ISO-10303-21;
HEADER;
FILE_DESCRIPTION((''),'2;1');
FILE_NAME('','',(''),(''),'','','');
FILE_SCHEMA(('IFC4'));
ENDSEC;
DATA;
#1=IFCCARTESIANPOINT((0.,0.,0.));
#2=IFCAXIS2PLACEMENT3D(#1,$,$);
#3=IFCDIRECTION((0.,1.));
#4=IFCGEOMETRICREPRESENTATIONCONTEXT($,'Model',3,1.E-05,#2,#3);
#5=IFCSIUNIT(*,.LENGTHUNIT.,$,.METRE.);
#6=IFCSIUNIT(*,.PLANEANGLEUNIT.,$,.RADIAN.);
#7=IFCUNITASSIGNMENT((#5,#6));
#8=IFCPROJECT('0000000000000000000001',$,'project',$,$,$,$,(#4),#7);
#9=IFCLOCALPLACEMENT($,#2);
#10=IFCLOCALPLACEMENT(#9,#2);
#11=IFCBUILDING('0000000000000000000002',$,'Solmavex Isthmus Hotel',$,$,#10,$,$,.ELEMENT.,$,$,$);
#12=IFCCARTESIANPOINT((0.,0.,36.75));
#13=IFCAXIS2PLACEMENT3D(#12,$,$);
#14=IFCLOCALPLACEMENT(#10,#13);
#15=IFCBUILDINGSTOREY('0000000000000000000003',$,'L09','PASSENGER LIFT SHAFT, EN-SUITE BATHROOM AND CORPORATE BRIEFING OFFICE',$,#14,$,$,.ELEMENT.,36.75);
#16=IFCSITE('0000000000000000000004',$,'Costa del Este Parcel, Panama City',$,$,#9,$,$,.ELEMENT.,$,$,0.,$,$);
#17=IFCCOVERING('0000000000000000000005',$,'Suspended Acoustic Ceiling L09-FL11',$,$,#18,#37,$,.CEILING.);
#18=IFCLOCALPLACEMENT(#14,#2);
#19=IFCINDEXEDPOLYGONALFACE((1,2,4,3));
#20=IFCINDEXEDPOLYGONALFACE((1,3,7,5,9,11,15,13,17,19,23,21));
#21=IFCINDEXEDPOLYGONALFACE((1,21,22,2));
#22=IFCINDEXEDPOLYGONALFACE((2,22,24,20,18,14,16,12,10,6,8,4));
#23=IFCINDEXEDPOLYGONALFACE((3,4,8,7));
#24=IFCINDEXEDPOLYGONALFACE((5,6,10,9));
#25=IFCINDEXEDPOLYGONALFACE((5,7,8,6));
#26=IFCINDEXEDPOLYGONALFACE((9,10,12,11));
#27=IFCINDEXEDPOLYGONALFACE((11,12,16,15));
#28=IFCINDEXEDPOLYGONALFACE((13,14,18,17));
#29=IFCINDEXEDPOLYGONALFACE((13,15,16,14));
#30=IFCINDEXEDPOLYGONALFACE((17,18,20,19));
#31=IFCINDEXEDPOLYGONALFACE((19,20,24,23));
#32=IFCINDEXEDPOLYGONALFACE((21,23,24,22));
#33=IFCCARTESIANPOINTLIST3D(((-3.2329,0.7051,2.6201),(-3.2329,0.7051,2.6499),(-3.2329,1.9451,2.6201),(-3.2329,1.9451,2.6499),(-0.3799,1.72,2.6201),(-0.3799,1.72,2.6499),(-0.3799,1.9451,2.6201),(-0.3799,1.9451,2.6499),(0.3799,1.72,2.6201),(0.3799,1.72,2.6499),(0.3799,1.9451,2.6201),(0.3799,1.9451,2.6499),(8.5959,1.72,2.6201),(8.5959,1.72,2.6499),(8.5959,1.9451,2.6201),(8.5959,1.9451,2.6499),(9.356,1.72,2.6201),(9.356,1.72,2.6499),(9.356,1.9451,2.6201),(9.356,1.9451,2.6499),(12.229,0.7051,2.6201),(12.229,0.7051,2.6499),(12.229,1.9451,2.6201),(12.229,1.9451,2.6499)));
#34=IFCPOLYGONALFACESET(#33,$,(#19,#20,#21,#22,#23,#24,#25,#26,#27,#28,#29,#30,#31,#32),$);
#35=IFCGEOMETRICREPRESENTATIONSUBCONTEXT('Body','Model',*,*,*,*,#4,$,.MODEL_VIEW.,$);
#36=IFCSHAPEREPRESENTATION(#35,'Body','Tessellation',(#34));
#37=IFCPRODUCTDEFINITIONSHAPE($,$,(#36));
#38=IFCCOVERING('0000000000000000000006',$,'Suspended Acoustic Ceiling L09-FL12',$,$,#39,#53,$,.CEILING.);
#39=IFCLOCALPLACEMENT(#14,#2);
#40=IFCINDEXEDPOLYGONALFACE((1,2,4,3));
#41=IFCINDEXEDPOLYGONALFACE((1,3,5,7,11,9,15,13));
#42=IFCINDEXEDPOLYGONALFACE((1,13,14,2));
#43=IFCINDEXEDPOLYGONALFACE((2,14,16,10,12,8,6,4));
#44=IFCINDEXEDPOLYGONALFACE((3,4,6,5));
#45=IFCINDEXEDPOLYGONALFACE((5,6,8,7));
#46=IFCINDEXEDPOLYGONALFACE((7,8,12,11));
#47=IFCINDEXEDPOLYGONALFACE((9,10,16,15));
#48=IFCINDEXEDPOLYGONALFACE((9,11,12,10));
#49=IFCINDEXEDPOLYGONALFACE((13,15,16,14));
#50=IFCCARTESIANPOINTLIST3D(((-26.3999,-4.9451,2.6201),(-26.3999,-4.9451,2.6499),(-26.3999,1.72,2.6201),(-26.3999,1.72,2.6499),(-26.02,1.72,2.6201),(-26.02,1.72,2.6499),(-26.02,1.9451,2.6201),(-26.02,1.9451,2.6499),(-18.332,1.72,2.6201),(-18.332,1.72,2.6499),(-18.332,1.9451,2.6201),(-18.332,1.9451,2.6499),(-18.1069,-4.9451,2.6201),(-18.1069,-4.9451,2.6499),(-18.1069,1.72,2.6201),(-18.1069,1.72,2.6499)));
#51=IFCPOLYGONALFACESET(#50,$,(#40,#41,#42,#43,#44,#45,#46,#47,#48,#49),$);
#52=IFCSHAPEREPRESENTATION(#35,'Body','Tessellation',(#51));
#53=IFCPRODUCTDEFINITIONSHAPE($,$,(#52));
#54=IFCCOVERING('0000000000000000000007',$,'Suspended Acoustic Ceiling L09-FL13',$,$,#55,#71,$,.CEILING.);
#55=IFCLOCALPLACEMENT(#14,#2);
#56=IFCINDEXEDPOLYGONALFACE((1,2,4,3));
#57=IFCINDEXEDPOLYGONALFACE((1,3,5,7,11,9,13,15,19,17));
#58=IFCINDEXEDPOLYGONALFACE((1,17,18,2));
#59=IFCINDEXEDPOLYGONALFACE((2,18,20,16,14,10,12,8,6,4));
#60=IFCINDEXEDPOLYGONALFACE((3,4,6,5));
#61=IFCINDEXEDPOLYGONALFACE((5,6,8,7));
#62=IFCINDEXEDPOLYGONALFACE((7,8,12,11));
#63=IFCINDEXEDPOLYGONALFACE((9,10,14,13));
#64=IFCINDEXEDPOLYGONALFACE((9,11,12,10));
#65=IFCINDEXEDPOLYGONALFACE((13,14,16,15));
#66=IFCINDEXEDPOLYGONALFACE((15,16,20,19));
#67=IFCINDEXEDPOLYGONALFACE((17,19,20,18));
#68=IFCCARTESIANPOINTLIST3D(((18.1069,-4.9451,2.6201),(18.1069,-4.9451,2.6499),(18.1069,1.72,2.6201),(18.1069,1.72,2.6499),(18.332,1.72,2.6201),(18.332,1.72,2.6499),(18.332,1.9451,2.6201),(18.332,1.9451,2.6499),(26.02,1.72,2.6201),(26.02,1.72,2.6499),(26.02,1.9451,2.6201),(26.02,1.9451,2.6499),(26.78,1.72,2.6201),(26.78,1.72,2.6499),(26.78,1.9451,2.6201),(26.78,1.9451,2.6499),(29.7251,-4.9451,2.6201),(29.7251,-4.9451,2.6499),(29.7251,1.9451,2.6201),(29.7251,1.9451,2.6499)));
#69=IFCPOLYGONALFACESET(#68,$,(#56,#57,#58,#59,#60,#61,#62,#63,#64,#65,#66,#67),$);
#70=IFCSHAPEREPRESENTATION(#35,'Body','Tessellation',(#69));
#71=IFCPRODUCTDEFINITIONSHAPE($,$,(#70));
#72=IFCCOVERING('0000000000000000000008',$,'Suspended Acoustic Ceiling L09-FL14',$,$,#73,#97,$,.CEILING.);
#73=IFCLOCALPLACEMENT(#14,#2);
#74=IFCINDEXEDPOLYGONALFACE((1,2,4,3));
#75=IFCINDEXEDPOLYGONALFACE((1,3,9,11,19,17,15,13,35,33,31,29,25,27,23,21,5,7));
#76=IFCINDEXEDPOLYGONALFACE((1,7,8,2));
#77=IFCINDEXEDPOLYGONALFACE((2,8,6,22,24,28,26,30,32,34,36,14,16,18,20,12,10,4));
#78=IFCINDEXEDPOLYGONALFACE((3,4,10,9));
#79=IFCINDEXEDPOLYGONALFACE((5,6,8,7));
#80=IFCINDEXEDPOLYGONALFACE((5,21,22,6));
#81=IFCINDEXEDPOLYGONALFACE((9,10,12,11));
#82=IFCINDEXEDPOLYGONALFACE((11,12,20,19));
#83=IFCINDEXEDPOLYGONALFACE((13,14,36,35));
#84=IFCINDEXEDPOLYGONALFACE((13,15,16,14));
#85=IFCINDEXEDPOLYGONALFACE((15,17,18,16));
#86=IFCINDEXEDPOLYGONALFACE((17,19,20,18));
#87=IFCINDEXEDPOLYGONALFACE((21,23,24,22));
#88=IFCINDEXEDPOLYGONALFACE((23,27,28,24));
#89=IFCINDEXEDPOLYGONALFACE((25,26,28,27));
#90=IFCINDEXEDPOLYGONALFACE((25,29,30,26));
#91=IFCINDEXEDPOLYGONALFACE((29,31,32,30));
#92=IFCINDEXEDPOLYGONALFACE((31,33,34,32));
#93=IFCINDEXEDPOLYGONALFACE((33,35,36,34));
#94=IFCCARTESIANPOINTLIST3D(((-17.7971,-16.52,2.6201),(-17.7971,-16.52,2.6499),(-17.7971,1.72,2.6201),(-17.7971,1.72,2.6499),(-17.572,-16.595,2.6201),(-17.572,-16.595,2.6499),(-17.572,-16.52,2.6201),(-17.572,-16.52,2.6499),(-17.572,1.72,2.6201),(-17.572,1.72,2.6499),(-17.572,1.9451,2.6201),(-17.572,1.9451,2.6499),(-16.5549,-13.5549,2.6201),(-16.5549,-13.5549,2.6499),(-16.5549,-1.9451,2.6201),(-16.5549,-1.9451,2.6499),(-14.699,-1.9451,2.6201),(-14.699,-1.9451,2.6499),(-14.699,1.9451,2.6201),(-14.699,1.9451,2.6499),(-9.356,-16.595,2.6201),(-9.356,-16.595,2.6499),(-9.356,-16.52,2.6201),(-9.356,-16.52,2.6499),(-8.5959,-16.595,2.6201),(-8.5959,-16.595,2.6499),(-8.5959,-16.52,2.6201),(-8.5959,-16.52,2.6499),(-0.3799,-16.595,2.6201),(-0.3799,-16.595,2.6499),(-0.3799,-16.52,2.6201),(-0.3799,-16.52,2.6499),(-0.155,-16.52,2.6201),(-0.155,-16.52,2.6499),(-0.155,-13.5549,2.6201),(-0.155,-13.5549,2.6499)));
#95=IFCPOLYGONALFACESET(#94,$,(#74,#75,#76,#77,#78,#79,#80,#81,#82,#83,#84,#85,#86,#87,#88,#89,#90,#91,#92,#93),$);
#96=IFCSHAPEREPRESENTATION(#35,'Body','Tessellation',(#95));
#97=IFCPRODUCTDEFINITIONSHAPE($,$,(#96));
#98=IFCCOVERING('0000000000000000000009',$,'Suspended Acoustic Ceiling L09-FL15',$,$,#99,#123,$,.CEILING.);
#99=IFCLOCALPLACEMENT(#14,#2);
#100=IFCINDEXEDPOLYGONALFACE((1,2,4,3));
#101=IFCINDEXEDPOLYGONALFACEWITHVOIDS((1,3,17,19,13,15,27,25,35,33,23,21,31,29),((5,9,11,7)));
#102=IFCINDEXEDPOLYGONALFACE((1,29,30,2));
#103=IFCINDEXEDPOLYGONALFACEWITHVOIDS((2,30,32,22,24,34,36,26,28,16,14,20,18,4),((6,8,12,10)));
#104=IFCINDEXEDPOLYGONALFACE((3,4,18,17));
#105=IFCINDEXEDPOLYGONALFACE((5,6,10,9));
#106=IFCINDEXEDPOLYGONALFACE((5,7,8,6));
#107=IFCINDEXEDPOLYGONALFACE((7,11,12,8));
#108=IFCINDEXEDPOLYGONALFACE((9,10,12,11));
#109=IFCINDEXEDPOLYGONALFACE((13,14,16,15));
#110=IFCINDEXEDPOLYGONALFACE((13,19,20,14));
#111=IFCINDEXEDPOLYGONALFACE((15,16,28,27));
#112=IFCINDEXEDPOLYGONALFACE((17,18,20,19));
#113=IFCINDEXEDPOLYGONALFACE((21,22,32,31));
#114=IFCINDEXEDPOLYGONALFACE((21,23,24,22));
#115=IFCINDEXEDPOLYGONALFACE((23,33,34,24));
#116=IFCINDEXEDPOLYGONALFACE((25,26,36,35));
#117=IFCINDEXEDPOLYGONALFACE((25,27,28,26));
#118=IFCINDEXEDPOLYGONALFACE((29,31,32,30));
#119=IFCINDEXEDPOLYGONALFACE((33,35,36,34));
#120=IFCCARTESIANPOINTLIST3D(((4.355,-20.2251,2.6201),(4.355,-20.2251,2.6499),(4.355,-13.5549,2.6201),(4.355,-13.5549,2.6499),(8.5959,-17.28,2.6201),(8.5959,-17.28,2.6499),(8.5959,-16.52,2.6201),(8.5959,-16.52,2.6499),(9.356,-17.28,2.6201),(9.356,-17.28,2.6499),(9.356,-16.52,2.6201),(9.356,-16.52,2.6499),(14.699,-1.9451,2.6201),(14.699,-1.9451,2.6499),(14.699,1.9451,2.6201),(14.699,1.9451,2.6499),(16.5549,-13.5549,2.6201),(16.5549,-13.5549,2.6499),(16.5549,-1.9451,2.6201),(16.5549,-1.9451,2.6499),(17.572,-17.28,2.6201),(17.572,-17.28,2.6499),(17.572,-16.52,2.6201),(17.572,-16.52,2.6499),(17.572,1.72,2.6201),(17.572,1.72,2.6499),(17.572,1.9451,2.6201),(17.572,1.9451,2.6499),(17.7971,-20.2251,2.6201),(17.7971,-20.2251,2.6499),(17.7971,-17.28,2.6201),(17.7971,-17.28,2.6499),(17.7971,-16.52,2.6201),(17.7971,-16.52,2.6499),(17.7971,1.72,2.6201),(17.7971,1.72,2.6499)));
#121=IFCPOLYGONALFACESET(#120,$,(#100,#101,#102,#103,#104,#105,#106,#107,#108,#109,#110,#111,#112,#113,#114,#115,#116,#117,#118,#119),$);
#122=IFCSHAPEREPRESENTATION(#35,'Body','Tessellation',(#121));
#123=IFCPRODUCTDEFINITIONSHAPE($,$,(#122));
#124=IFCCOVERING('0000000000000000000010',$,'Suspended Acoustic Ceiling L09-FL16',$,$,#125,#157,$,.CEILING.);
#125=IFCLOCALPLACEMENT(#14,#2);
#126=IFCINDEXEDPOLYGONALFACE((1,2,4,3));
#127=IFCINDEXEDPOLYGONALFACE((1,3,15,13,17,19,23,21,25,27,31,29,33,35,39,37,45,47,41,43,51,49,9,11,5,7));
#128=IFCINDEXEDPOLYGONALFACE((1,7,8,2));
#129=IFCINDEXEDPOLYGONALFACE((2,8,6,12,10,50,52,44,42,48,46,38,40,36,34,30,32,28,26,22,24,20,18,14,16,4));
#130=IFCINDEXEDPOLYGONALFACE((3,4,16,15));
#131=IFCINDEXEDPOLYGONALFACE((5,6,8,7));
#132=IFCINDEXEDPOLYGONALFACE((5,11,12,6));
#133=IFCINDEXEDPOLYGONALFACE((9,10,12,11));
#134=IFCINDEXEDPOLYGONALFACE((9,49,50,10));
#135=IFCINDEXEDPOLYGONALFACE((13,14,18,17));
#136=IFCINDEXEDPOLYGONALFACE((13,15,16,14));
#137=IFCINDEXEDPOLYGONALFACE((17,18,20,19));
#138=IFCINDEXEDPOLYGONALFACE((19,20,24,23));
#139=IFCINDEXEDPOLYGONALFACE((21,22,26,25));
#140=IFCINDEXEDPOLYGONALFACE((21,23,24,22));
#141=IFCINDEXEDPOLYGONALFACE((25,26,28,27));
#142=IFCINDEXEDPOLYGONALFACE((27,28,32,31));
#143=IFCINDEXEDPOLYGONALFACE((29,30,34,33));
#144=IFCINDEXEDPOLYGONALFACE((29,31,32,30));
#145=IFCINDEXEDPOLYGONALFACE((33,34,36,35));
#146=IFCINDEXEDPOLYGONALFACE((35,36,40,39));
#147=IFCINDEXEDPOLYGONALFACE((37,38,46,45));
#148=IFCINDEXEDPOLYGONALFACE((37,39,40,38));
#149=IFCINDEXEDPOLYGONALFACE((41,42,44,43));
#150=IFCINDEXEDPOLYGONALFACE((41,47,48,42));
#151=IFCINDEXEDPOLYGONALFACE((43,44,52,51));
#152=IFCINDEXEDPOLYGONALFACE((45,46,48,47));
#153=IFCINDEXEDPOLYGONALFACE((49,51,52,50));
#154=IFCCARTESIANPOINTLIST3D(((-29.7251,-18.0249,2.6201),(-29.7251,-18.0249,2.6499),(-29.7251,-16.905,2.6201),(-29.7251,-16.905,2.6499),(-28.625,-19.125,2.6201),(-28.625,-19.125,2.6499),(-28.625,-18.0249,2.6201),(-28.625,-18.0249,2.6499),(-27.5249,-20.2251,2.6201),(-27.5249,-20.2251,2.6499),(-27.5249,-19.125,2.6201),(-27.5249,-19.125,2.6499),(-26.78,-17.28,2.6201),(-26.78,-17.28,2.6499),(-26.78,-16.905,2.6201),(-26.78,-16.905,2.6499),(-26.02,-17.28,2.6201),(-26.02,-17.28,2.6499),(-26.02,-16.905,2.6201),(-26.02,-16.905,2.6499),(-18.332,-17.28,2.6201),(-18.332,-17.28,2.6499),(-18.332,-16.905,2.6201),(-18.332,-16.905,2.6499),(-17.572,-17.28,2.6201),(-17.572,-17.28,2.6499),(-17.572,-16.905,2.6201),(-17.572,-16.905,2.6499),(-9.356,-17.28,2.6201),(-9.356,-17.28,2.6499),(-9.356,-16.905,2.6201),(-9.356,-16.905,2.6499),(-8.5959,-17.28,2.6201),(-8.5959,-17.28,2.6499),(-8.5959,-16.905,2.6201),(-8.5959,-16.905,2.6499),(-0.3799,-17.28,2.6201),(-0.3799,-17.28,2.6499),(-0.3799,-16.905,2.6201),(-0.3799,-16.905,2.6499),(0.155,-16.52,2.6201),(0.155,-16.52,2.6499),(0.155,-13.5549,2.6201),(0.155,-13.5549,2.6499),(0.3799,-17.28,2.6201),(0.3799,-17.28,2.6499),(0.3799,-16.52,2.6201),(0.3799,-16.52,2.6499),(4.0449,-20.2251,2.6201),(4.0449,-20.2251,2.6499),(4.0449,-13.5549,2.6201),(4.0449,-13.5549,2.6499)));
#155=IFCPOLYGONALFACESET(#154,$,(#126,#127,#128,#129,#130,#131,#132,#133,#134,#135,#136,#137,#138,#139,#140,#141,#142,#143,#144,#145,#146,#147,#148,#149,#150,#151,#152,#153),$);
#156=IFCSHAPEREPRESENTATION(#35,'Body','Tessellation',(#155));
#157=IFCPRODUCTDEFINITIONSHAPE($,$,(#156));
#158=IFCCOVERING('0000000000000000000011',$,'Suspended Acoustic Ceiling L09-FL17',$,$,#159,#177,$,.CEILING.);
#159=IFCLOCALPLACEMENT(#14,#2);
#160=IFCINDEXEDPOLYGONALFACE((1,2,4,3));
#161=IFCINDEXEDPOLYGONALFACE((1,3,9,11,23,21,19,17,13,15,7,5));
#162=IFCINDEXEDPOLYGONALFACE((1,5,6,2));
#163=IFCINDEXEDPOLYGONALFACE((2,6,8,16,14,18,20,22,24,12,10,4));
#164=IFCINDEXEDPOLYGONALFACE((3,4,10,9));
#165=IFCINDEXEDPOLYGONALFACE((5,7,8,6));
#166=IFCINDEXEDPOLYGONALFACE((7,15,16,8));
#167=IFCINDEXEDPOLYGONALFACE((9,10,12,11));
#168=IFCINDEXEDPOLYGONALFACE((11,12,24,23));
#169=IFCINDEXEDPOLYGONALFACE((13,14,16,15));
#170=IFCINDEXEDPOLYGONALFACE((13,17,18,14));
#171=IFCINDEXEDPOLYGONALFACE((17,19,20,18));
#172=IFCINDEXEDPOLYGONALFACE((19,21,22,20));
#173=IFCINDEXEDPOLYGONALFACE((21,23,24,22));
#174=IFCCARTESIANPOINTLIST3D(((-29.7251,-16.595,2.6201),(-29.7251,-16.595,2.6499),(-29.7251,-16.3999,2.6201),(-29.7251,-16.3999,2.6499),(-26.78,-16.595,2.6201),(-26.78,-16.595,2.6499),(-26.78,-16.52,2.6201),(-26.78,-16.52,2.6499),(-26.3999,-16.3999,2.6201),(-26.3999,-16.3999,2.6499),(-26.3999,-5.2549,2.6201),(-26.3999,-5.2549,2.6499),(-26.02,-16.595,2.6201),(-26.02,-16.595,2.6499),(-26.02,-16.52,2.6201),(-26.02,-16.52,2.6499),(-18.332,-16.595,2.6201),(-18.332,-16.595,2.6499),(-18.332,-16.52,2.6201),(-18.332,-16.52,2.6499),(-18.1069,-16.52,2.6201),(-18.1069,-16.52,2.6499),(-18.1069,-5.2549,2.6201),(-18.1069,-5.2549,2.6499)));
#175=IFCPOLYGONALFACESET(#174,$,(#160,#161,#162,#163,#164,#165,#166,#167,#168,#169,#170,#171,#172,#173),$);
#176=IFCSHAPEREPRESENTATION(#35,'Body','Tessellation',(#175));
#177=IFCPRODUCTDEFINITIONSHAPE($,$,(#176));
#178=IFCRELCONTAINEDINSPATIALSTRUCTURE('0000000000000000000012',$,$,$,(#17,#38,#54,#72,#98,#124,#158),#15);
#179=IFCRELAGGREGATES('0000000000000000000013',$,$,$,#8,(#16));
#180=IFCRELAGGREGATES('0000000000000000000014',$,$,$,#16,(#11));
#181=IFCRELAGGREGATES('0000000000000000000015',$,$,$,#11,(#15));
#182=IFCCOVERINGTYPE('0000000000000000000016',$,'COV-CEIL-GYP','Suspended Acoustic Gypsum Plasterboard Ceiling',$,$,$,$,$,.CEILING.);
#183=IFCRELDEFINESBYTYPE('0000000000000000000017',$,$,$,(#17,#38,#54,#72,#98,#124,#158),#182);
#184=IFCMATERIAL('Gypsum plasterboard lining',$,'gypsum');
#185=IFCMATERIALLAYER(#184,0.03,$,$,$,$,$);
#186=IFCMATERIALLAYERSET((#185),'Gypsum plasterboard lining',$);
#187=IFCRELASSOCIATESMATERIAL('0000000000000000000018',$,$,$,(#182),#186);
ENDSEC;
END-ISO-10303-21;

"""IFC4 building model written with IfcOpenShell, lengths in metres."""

from ifc_helpers import new_model, si_unit, direction, frame, origin, place, context, subcontext, project, spatial, polyline, outline, extrude, material, layer, layer_set, type_object, element, save


model = new_model("IFC4")

# Units and contexts
model_context = context("Model", 3, precision=1e-05, world=origin(), true_north=direction((0.0, 1.0)))
body_context = subcontext(model_context, "Body", "Model", "MODEL_VIEW")
ifc_project = project(units=[si_unit("LENGTHUNIT", "METRE"), si_unit("PLANEANGLEUNIT", "RADIAN")], contexts=[model_context])

# Site, building, storey
site_placement = place(None, origin())
site = spatial("IfcSite", under=ifc_project, at=site_placement, Name="Costa del Este Parcel, Panama City", CompositionType="ELEMENT", RefElevation=0.0)
building_placement = place(site_placement, origin())
building = spatial("IfcBuilding", under=site, at=building_placement, Name="Solmavex Isthmus Hotel", CompositionType="ELEMENT")
storey_placement = place(building_placement, frame((0.0, 0.0, 36.75)))
storey = spatial("IfcBuildingStorey", under=building, at=storey_placement, Name="L09", Description="PASSENGER LIFT SHAFT, EN-SUITE BATHROOM AND CORPORATE BRIEFING OFFICE", CompositionType="ELEMENT", Elevation=36.75)

# Shared definitions
ifc_material_1 = material(Name="Gypsum plasterboard lining", Category="gypsum")

# Coverings
ifc_layer_1 = layer(ifc_material_1, 0.03)
ifc_layer_set_1 = layer_set([ifc_layer_1], Name="Gypsum plasterboard lining")
covering_type_1 = type_object("IfcCoveringType", Name="COV-CEIL-GYP", Description="Suspended Acoustic Gypsum Plasterboard Ceiling", PredefinedType="CEILING", material=ifc_layer_set_1)
covering_1_placement = place(storey_placement, frame((0.0, 0.0, 2.6201)))
element("IfcCovering", 1, at=covering_1_placement, inside=storey, type_object=covering_type_1, Name="Suspended Acoustic Ceiling L09-FL11", PredefinedType="CEILING", context=body_context, shape_type="SweptSolid", body=[
    extrude(outline(polyline([(0.3799, 1.9451), (0.3799, 1.72), (-0.3799, 1.72), (-0.3799, 1.9451), (-3.2329, 1.9451), (-3.2329, 0.7051), (12.229, 0.7051), (12.229, 1.9451), (9.356, 1.9451), (9.356, 1.72), (8.5959, 1.72), (8.5959, 1.9451), (0.3799, 1.9451)])), origin(), (0.0, 0.0, 1.0), 0.0298),
])
covering_2_placement = place(storey_placement, frame((0.0, 0.0, 2.6201)))
element("IfcCovering", 2, at=covering_2_placement, inside=storey, type_object=covering_type_1, Name="Suspended Acoustic Ceiling L09-FL12", PredefinedType="CEILING", context=body_context, shape_type="SweptSolid", body=[
    extrude(outline(polyline([(-26.02, 1.9451), (-26.02, 1.72), (-26.3999, 1.72), (-26.3999, -4.9451), (-18.1069, -4.9451), (-18.1069, 1.72), (-18.332, 1.72), (-18.332, 1.9451), (-26.02, 1.9451)])), origin(), (0.0, 0.0, 1.0), 0.0298),
])
covering_3_placement = place(storey_placement, frame((0.0, 0.0, 2.6201)))
element("IfcCovering", 3, at=covering_3_placement, inside=storey, type_object=covering_type_1, Name="Suspended Acoustic Ceiling L09-FL13", PredefinedType="CEILING", context=body_context, shape_type="SweptSolid", body=[
    extrude(outline(polyline([(26.78, 1.9451), (26.78, 1.72), (26.02, 1.72), (26.02, 1.9451), (18.332, 1.9451), (18.332, 1.72), (18.1069, 1.72), (18.1069, -4.9451), (29.7251, -4.9451), (29.7251, 1.9451), (26.78, 1.9451)])), origin(), (0.0, 0.0, 1.0), 0.0298),
])
covering_4_placement = place(storey_placement, frame((0.0, 0.0, 2.6201)))
element("IfcCovering", 4, at=covering_4_placement, inside=storey, type_object=covering_type_1, Name="Suspended Acoustic Ceiling L09-FL14", PredefinedType="CEILING", context=body_context, shape_type="SweptSolid", body=[
    extrude(outline(polyline([(-17.7971, -16.52), (-17.572, -16.52), (-17.572, -16.595), (-9.356, -16.595), (-9.356, -16.52), (-8.5959, -16.52), (-8.5959, -16.595), (-0.3799, -16.595), (-0.3799, -16.52), (-0.155, -16.52), (-0.155, -13.5549), (-16.5549, -13.5549), (-16.5549, -1.9451), (-14.699, -1.9451), (-14.699, 1.9451), (-17.572, 1.9451), (-17.572, 1.72), (-17.7971, 1.72), (-17.7971, -16.52)])), origin(), (0.0, 0.0, 1.0), 0.0298),
])
covering_5_placement = place(storey_placement, frame((0.0, 0.0, 2.6201)))
element("IfcCovering", 5, at=covering_5_placement, inside=storey, type_object=covering_type_1, Name="Suspended Acoustic Ceiling L09-FL15", PredefinedType="CEILING", context=body_context, shape_type="SweptSolid", body=[
    extrude(outline(polyline([(17.7971, 1.72), (17.572, 1.72), (17.572, 1.9451), (14.699, 1.9451), (14.699, -1.9451), (16.5549, -1.9451), (16.5549, -13.5549), (4.355, -13.5549), (4.355, -20.2251), (17.7971, -20.2251), (17.7971, -17.28), (17.572, -17.28), (17.572, -16.52), (17.7971, -16.52), (17.7971, 1.72)]), holes=[polyline([(8.5959, -17.28), (8.5959, -16.52), (9.356, -16.52), (9.356, -17.28), (8.5959, -17.28)])]), origin(), (0.0, 0.0, 1.0), 0.0298),
])
covering_6_placement = place(storey_placement, frame((0.0, 0.0, 2.6201)))
element("IfcCovering", 6, at=covering_6_placement, inside=storey, type_object=covering_type_1, Name="Suspended Acoustic Ceiling L09-FL16", PredefinedType="CEILING", context=body_context, shape_type="SweptSolid", body=[
    extrude(outline(polyline([(-26.02, -16.905), (-26.02, -17.28), (-26.78, -17.28), (-26.78, -16.905), (-29.7251, -16.905), (-29.7251, -18.0249), (-28.625, -18.0249), (-28.625, -19.125), (-27.5249, -19.125), (-27.5249, -20.2251), (4.0449, -20.2251), (4.0449, -13.5549), (0.155, -13.5549), (0.155, -16.52), (0.3799, -16.52), (0.3799, -17.28), (-0.3799, -17.28), (-0.3799, -16.905), (-8.5959, -16.905), (-8.5959, -17.28), (-9.356, -17.28), (-9.356, -16.905), (-17.572, -16.905), (-17.572, -17.28), (-18.332, -17.28), (-18.332, -16.905), (-26.02, -16.905)])), origin(), (0.0, 0.0, 1.0), 0.0298),
])
covering_7_placement = place(storey_placement, frame((0.0, 0.0, 2.6201)))
element("IfcCovering", 7, at=covering_7_placement, inside=storey, type_object=covering_type_1, Name="Suspended Acoustic Ceiling L09-FL17", PredefinedType="CEILING", context=body_context, shape_type="SweptSolid", body=[
    extrude(outline(polyline([(-26.78, -16.595), (-26.78, -16.52), (-26.02, -16.52), (-26.02, -16.595), (-18.332, -16.595), (-18.332, -16.52), (-18.1069, -16.52), (-18.1069, -5.2549), (-26.3999, -5.2549), (-26.3999, -16.3999), (-29.7251, -16.3999), (-29.7251, -16.595), (-26.78, -16.595)])), origin(), (0.0, 0.0, 1.0), 0.0298),
])

save(model, "model.ifc")
